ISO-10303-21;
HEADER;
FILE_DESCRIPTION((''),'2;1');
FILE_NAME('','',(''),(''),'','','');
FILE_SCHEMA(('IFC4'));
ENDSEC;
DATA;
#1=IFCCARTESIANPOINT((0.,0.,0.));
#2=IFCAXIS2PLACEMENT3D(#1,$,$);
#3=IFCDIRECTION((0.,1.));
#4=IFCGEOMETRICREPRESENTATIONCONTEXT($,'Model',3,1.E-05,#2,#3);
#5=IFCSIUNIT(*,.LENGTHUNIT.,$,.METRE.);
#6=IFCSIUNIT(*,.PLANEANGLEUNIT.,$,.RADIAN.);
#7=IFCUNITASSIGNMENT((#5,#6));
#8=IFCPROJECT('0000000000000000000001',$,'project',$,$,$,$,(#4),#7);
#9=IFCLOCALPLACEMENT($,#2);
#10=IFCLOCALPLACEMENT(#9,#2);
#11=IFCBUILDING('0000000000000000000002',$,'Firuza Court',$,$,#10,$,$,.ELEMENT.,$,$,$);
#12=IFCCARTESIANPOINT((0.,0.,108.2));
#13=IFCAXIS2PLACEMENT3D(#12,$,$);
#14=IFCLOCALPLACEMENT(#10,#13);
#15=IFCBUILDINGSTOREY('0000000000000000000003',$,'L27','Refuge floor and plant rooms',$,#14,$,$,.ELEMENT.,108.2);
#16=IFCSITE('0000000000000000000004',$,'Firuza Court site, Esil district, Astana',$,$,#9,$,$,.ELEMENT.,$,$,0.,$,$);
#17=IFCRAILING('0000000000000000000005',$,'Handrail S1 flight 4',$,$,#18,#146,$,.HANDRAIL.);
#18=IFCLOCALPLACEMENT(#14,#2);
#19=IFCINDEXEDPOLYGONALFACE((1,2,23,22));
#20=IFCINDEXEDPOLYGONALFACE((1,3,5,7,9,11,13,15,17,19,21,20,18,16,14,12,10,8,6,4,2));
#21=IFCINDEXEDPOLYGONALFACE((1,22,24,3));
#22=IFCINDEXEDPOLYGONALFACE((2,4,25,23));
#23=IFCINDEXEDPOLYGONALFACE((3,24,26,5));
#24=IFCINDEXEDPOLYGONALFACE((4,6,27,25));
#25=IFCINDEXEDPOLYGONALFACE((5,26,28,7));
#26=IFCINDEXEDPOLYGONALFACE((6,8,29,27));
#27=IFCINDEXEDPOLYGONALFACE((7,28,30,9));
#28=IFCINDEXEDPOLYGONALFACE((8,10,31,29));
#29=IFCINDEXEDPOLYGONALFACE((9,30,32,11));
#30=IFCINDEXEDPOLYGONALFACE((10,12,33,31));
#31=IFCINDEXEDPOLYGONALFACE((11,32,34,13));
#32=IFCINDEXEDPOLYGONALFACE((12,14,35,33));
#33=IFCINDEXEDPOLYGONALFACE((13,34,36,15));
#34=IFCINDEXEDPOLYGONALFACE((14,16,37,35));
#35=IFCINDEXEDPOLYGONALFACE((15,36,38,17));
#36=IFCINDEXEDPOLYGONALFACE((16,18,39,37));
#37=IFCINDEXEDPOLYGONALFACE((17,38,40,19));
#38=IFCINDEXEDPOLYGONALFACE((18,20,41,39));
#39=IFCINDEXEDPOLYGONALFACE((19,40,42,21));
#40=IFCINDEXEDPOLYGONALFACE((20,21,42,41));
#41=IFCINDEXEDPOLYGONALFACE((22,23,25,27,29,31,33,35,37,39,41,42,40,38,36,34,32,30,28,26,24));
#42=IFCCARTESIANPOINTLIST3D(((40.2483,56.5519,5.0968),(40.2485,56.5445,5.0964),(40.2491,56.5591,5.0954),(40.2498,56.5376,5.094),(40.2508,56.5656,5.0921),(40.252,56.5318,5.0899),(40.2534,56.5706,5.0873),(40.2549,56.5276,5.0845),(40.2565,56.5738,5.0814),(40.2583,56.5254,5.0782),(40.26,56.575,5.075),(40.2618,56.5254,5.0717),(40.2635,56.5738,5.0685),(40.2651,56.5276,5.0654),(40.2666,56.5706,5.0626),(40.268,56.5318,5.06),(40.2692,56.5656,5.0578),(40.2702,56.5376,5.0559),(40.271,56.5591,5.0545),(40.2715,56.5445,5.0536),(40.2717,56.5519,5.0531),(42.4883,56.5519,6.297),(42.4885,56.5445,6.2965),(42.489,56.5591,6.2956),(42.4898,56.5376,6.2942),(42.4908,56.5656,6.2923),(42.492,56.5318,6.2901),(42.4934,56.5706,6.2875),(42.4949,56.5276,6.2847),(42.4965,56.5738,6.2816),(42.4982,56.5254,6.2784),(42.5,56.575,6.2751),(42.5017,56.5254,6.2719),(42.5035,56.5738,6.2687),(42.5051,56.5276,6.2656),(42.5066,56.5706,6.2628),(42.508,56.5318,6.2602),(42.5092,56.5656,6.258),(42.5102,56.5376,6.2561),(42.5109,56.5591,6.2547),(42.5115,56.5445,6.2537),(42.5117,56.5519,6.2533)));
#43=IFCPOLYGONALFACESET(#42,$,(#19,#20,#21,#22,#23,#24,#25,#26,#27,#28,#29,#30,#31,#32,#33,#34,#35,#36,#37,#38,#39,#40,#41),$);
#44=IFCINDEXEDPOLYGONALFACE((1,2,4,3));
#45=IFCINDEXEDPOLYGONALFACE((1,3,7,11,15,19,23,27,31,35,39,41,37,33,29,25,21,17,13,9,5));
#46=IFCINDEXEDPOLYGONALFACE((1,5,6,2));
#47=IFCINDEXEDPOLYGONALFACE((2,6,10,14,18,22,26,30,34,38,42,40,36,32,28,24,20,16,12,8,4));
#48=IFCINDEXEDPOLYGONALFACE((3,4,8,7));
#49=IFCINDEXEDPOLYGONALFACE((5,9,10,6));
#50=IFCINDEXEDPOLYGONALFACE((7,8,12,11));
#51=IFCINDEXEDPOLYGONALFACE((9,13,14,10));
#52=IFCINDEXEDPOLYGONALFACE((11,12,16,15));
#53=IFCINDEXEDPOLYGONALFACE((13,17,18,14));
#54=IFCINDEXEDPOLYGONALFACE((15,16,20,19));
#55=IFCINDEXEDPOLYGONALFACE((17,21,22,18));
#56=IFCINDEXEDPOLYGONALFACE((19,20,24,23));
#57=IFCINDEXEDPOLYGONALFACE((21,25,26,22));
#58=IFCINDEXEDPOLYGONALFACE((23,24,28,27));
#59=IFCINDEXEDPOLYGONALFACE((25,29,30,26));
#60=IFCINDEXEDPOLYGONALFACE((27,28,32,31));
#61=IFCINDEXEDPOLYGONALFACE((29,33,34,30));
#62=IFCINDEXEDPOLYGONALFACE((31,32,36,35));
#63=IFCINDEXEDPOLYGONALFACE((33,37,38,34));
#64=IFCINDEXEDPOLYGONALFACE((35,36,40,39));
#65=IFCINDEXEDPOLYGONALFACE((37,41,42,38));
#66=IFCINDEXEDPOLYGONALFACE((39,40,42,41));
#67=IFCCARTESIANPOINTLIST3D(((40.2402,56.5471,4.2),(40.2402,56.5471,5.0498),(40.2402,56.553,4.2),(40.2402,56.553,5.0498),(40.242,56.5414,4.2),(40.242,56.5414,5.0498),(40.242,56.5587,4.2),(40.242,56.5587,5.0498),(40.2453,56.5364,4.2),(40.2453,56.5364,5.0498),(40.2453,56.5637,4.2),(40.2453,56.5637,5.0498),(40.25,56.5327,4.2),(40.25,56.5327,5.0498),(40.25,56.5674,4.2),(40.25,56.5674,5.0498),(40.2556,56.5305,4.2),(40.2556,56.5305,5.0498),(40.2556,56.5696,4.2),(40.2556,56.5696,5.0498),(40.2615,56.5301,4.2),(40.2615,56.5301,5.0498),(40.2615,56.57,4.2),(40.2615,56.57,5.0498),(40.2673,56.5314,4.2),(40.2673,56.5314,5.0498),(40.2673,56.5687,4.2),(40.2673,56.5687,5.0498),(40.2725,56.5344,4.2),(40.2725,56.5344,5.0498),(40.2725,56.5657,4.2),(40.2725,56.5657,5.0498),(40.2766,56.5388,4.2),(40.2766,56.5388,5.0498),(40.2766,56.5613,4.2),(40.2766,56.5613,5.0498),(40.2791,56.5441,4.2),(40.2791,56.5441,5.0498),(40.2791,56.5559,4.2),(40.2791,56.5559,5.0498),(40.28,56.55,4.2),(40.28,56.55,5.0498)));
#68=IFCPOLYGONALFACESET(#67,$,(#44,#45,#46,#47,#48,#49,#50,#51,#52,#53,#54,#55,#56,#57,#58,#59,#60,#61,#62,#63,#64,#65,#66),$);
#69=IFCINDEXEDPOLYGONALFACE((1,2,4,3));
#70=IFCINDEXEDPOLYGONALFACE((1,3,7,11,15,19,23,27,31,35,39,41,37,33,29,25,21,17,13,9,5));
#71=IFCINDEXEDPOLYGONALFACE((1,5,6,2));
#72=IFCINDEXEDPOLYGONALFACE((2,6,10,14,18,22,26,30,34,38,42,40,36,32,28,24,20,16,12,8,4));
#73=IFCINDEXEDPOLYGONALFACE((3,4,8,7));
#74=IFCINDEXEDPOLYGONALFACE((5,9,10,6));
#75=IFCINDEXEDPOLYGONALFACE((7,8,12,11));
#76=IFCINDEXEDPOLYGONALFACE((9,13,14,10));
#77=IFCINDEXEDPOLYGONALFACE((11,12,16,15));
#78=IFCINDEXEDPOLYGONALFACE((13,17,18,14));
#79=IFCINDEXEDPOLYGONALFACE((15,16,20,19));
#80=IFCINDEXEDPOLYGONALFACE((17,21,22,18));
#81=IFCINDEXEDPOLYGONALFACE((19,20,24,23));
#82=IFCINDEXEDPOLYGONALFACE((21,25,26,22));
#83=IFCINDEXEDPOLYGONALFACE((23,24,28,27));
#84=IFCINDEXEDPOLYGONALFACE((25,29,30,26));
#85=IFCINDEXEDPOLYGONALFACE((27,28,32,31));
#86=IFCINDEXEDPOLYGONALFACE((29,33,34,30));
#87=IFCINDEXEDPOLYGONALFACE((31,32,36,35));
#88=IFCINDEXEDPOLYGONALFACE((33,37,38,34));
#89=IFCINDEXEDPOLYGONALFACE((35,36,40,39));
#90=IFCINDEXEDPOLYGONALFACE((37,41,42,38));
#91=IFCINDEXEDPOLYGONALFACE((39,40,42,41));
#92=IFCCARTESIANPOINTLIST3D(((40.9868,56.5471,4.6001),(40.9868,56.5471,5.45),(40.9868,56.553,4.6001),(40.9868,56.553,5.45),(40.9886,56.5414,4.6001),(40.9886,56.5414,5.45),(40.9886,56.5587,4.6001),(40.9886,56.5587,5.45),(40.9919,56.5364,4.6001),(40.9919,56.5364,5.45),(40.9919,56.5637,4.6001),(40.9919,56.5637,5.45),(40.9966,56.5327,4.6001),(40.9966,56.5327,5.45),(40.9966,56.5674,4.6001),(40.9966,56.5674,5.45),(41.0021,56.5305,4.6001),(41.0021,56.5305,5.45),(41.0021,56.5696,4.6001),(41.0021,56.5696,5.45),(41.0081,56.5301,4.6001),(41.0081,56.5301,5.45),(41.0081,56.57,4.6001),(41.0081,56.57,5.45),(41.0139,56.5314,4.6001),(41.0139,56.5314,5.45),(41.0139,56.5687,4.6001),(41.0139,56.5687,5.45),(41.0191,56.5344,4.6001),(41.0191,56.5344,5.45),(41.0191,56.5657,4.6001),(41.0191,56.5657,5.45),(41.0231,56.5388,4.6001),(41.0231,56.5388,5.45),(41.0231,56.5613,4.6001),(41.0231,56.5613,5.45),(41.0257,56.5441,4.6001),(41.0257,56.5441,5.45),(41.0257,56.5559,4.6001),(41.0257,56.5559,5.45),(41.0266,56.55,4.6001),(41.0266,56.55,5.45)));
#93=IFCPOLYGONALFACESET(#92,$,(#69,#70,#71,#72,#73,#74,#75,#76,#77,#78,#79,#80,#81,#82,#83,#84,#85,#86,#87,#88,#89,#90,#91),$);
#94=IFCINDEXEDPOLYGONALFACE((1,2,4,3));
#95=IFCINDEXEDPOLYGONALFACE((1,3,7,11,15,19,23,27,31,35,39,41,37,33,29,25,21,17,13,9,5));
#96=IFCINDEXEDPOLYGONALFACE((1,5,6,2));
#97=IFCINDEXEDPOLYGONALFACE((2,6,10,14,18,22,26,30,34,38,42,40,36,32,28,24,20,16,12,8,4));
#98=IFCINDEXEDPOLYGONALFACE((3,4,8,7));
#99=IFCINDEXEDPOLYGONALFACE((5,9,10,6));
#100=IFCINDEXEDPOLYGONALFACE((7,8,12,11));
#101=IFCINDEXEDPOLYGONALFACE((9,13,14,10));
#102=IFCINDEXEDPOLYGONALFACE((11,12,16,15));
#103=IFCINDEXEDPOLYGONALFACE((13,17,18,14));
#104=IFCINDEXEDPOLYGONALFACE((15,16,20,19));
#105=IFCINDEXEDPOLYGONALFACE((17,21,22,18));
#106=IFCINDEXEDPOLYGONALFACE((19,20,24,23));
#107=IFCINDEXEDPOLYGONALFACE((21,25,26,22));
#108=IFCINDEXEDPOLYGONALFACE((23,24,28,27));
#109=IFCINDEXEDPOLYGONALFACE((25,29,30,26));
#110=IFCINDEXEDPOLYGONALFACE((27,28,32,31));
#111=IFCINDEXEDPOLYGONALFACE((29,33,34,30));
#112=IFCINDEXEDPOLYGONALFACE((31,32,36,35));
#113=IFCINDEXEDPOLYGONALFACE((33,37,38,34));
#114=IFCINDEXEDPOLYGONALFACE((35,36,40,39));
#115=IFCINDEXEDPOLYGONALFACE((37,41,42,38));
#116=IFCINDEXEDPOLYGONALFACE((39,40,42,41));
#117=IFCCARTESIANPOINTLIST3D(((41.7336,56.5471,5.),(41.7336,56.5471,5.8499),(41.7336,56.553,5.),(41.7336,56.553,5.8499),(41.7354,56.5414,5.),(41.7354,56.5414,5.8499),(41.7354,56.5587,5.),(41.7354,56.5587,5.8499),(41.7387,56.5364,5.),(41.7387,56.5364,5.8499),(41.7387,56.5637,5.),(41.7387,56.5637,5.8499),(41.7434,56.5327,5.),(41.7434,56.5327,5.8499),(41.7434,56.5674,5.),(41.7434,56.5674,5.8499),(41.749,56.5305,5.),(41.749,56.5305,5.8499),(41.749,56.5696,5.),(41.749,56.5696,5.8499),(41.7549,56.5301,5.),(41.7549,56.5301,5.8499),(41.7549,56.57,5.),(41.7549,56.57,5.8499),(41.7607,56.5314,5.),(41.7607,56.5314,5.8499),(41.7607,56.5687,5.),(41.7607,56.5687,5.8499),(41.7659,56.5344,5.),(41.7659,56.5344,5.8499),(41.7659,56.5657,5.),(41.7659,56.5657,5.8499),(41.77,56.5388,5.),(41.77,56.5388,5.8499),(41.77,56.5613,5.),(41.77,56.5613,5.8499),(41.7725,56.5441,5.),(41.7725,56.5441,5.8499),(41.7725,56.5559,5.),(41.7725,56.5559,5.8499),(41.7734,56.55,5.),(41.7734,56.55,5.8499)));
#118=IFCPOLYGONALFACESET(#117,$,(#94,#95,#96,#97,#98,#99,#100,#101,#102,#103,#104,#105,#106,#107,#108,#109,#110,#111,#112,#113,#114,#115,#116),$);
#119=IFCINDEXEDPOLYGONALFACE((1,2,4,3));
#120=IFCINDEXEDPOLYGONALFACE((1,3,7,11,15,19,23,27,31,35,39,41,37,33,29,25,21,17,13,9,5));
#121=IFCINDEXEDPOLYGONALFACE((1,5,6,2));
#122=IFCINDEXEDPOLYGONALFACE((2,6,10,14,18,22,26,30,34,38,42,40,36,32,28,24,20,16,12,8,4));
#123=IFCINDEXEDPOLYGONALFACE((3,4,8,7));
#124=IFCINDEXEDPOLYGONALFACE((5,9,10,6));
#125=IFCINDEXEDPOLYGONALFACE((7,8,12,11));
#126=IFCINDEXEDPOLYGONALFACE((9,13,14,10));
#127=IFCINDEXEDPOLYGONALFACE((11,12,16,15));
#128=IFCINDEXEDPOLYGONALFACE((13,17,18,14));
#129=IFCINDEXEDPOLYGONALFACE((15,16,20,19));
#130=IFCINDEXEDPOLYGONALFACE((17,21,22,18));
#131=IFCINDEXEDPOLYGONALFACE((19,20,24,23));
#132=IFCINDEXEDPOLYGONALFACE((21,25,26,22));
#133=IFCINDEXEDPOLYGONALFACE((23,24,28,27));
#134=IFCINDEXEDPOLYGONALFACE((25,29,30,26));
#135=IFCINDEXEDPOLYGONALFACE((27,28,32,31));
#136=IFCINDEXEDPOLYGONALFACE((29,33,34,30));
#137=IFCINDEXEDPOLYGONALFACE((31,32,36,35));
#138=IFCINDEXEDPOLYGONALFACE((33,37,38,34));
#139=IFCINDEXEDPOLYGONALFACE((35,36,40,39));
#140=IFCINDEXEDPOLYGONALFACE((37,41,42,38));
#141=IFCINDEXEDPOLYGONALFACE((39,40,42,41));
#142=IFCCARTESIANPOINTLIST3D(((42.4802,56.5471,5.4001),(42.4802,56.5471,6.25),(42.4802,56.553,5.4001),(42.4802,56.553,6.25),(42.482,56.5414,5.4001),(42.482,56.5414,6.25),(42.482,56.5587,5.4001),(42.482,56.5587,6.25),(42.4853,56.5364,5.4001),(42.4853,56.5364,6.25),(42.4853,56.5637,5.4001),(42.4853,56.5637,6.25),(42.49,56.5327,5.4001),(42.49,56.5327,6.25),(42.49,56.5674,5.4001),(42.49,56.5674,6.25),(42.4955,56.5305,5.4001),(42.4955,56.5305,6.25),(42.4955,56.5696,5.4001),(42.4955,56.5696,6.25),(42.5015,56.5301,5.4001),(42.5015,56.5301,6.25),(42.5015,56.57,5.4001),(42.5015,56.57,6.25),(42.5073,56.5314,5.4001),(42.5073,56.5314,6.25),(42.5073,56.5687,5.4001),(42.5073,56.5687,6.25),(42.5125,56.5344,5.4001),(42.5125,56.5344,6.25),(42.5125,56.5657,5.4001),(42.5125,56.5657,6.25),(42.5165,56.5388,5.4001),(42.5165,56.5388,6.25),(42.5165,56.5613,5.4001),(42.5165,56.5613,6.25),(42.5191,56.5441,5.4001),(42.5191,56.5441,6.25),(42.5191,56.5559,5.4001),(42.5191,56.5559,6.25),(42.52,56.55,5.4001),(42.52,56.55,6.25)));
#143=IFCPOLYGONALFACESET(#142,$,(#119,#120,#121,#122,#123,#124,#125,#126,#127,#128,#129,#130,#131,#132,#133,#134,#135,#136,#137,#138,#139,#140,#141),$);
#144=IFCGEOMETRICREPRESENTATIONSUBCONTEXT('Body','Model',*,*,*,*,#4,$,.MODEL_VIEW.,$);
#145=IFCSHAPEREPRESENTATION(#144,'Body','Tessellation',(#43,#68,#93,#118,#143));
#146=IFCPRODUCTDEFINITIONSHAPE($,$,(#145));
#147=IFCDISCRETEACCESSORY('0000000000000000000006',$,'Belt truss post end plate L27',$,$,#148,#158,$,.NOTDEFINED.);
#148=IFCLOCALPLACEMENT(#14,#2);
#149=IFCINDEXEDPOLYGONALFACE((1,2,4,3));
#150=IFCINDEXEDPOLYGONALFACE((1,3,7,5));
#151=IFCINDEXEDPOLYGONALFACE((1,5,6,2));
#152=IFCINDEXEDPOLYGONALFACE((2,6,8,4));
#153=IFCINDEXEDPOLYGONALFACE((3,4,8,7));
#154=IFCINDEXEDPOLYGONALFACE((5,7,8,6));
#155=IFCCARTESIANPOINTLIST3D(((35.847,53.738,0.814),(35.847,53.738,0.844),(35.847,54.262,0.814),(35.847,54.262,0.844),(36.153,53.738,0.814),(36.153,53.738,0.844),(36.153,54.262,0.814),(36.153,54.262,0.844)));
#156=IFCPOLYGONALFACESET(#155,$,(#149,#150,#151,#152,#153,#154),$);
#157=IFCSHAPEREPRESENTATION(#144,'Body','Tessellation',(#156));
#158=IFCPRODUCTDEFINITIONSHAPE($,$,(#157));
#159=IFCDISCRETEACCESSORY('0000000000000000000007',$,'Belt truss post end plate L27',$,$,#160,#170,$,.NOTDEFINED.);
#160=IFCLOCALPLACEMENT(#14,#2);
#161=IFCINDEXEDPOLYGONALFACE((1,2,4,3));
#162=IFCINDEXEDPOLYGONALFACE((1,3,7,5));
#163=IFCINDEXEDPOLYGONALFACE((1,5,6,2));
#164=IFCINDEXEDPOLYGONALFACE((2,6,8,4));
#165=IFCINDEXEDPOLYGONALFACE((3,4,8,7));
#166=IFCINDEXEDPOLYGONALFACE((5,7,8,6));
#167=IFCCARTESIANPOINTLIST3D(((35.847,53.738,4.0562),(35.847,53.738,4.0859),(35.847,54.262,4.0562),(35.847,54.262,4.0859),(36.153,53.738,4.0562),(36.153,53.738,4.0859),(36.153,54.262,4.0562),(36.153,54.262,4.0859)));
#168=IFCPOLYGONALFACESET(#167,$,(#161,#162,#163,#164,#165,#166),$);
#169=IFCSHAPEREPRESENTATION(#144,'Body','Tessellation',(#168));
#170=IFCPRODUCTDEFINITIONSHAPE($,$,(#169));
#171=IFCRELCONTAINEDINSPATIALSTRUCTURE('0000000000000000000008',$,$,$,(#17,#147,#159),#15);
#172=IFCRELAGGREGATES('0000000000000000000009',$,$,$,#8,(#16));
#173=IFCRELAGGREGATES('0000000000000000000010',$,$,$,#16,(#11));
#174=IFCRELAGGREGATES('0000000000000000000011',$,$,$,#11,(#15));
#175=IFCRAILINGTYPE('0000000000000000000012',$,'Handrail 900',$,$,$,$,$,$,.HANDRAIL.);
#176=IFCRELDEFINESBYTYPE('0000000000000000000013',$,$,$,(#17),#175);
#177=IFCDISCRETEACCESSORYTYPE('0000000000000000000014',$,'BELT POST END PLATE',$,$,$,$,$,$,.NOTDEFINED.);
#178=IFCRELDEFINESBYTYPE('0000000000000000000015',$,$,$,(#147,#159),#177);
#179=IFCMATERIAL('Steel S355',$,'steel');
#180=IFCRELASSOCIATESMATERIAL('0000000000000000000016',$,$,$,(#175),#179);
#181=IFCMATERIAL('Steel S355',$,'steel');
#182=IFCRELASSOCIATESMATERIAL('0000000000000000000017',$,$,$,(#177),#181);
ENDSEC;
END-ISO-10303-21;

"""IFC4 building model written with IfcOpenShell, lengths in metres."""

from ifc_helpers import new_model, si_unit, direction, frame, origin, origin_2d, place, context, subcontext, project, spatial, rectangle, circle, extrude, material, material_profile, profile_set, type_object, element, save


model = new_model("IFC4")

# Units and contexts
model_context = context("Model", 3, precision=1e-05, world=origin(), true_north=direction((0.0, 1.0)))
body_context = subcontext(model_context, "Body", "Model", "MODEL_VIEW")
ifc_project = project(units=[si_unit("LENGTHUNIT", "METRE"), si_unit("PLANEANGLEUNIT", "RADIAN")], contexts=[model_context])

# Site, building, storey
site_placement = place(None, origin())
site = spatial("IfcSite", under=ifc_project, at=site_placement, Name="Firuza Court site, Esil district, Astana", CompositionType="ELEMENT", RefElevation=0.0)
building_placement = place(site_placement, origin())
building = spatial("IfcBuilding", under=site, at=building_placement, Name="Firuza Court", CompositionType="ELEMENT")
storey_placement = place(building_placement, frame((0.0, 0.0, 108.2)))
storey = spatial("IfcBuildingStorey", under=building, at=storey_placement, Name="L27", Description="Refuge floor and plant rooms", CompositionType="ELEMENT", Elevation=108.2)

# Railing
ifc_material_1 = material(Name="Steel S355", Category="steel")
railing_type_1 = type_object("IfcRailingType", Name="Handrail 900", PredefinedType="HANDRAIL", material=ifc_material_1)
railing_1_placement = place(storey_placement, frame((40.26, 56.55, 4.2)))
element("IfcRailing", 1, at=railing_1_placement, inside=storey, type_object=railing_type_1, Name="Handrail S1 flight 4", PredefinedType="HANDRAIL", context=body_context, shape_type="SweptSolid", body=[
    extrude(circle(Radius=0.0249, at=origin_2d()), frame((0.0, 0.0, 0.875), z_axis=(0.881447, 0.0, 0.472283), x_axis=(0.0, 1.0, 0.0)), (0.0, 0.0, 1.0), 2.5413),
    extrude(circle(Radius=0.02, at=origin_2d()), origin(), (0.0, 0.0, 1.0), 0.8499),
    extrude(circle(Radius=0.02, at=origin_2d()), frame((0.7466, 0.0, 0.4001)), (0.0, 0.0, 1.0), 0.8499),
    extrude(circle(Radius=0.02, at=origin_2d()), frame((1.4934, 0.0, 0.8)), (0.0, 0.0, 1.0), 0.8499),
    extrude(circle(Radius=0.02, at=origin_2d()), frame((2.24, 0.0, 1.2002)), (0.0, 0.0, 1.0), 0.8499),
])

# Discrete accessories
ifc_material_2 = material(Name="Steel S355", Category="steel")
ifc_material_profile_1 = material_profile(ifc_material_2, rectangle(XDim=0.3059, YDim=0.5239, at=origin_2d()), Name="PL 306X524")
ifc_profile_set_1 = profile_set([ifc_material_profile_1], Name="Steel S355")
discrete_accessory_type = type_object("IfcDiscreteAccessoryType", Name="BELT POST END PLATE", PredefinedType="NOTDEFINED", material=ifc_profile_set_1)
discrete_accessory_1_placement = place(storey_placement, frame((36.0, 54.0, 0.814), z_axis=(0.0, 0.0, 1.0), x_axis=(1.0, 0.0, 0.0)))
element("IfcDiscreteAccessory", 2, at=discrete_accessory_1_placement, inside=storey, type_object=discrete_accessory_type, Name="Belt truss post end plate L27", PredefinedType="NOTDEFINED", context=body_context, shape_type="SweptSolid", body=[
    extrude(rectangle(XDim=0.3059, YDim=0.5239, at=origin_2d()), origin(), (0.0, 0.0, 1.0), 0.03),
])
discrete_accessory_2_placement = place(storey_placement, frame((36.0, 54.0, 4.0562), z_axis=(0.0, 0.0, 1.0), x_axis=(1.0, 0.0, 0.0)))
element("IfcDiscreteAccessory", 3, at=discrete_accessory_2_placement, inside=storey, type_object=discrete_accessory_type, Name="Belt truss post end plate L27", PredefinedType="NOTDEFINED", context=body_context, shape_type="SweptSolid", body=[
    extrude(rectangle(XDim=0.3059, YDim=0.5239, at=origin_2d()), origin(), (0.0, 0.0, 1.0), 0.0298),
])

save(model, "model.ifc")
